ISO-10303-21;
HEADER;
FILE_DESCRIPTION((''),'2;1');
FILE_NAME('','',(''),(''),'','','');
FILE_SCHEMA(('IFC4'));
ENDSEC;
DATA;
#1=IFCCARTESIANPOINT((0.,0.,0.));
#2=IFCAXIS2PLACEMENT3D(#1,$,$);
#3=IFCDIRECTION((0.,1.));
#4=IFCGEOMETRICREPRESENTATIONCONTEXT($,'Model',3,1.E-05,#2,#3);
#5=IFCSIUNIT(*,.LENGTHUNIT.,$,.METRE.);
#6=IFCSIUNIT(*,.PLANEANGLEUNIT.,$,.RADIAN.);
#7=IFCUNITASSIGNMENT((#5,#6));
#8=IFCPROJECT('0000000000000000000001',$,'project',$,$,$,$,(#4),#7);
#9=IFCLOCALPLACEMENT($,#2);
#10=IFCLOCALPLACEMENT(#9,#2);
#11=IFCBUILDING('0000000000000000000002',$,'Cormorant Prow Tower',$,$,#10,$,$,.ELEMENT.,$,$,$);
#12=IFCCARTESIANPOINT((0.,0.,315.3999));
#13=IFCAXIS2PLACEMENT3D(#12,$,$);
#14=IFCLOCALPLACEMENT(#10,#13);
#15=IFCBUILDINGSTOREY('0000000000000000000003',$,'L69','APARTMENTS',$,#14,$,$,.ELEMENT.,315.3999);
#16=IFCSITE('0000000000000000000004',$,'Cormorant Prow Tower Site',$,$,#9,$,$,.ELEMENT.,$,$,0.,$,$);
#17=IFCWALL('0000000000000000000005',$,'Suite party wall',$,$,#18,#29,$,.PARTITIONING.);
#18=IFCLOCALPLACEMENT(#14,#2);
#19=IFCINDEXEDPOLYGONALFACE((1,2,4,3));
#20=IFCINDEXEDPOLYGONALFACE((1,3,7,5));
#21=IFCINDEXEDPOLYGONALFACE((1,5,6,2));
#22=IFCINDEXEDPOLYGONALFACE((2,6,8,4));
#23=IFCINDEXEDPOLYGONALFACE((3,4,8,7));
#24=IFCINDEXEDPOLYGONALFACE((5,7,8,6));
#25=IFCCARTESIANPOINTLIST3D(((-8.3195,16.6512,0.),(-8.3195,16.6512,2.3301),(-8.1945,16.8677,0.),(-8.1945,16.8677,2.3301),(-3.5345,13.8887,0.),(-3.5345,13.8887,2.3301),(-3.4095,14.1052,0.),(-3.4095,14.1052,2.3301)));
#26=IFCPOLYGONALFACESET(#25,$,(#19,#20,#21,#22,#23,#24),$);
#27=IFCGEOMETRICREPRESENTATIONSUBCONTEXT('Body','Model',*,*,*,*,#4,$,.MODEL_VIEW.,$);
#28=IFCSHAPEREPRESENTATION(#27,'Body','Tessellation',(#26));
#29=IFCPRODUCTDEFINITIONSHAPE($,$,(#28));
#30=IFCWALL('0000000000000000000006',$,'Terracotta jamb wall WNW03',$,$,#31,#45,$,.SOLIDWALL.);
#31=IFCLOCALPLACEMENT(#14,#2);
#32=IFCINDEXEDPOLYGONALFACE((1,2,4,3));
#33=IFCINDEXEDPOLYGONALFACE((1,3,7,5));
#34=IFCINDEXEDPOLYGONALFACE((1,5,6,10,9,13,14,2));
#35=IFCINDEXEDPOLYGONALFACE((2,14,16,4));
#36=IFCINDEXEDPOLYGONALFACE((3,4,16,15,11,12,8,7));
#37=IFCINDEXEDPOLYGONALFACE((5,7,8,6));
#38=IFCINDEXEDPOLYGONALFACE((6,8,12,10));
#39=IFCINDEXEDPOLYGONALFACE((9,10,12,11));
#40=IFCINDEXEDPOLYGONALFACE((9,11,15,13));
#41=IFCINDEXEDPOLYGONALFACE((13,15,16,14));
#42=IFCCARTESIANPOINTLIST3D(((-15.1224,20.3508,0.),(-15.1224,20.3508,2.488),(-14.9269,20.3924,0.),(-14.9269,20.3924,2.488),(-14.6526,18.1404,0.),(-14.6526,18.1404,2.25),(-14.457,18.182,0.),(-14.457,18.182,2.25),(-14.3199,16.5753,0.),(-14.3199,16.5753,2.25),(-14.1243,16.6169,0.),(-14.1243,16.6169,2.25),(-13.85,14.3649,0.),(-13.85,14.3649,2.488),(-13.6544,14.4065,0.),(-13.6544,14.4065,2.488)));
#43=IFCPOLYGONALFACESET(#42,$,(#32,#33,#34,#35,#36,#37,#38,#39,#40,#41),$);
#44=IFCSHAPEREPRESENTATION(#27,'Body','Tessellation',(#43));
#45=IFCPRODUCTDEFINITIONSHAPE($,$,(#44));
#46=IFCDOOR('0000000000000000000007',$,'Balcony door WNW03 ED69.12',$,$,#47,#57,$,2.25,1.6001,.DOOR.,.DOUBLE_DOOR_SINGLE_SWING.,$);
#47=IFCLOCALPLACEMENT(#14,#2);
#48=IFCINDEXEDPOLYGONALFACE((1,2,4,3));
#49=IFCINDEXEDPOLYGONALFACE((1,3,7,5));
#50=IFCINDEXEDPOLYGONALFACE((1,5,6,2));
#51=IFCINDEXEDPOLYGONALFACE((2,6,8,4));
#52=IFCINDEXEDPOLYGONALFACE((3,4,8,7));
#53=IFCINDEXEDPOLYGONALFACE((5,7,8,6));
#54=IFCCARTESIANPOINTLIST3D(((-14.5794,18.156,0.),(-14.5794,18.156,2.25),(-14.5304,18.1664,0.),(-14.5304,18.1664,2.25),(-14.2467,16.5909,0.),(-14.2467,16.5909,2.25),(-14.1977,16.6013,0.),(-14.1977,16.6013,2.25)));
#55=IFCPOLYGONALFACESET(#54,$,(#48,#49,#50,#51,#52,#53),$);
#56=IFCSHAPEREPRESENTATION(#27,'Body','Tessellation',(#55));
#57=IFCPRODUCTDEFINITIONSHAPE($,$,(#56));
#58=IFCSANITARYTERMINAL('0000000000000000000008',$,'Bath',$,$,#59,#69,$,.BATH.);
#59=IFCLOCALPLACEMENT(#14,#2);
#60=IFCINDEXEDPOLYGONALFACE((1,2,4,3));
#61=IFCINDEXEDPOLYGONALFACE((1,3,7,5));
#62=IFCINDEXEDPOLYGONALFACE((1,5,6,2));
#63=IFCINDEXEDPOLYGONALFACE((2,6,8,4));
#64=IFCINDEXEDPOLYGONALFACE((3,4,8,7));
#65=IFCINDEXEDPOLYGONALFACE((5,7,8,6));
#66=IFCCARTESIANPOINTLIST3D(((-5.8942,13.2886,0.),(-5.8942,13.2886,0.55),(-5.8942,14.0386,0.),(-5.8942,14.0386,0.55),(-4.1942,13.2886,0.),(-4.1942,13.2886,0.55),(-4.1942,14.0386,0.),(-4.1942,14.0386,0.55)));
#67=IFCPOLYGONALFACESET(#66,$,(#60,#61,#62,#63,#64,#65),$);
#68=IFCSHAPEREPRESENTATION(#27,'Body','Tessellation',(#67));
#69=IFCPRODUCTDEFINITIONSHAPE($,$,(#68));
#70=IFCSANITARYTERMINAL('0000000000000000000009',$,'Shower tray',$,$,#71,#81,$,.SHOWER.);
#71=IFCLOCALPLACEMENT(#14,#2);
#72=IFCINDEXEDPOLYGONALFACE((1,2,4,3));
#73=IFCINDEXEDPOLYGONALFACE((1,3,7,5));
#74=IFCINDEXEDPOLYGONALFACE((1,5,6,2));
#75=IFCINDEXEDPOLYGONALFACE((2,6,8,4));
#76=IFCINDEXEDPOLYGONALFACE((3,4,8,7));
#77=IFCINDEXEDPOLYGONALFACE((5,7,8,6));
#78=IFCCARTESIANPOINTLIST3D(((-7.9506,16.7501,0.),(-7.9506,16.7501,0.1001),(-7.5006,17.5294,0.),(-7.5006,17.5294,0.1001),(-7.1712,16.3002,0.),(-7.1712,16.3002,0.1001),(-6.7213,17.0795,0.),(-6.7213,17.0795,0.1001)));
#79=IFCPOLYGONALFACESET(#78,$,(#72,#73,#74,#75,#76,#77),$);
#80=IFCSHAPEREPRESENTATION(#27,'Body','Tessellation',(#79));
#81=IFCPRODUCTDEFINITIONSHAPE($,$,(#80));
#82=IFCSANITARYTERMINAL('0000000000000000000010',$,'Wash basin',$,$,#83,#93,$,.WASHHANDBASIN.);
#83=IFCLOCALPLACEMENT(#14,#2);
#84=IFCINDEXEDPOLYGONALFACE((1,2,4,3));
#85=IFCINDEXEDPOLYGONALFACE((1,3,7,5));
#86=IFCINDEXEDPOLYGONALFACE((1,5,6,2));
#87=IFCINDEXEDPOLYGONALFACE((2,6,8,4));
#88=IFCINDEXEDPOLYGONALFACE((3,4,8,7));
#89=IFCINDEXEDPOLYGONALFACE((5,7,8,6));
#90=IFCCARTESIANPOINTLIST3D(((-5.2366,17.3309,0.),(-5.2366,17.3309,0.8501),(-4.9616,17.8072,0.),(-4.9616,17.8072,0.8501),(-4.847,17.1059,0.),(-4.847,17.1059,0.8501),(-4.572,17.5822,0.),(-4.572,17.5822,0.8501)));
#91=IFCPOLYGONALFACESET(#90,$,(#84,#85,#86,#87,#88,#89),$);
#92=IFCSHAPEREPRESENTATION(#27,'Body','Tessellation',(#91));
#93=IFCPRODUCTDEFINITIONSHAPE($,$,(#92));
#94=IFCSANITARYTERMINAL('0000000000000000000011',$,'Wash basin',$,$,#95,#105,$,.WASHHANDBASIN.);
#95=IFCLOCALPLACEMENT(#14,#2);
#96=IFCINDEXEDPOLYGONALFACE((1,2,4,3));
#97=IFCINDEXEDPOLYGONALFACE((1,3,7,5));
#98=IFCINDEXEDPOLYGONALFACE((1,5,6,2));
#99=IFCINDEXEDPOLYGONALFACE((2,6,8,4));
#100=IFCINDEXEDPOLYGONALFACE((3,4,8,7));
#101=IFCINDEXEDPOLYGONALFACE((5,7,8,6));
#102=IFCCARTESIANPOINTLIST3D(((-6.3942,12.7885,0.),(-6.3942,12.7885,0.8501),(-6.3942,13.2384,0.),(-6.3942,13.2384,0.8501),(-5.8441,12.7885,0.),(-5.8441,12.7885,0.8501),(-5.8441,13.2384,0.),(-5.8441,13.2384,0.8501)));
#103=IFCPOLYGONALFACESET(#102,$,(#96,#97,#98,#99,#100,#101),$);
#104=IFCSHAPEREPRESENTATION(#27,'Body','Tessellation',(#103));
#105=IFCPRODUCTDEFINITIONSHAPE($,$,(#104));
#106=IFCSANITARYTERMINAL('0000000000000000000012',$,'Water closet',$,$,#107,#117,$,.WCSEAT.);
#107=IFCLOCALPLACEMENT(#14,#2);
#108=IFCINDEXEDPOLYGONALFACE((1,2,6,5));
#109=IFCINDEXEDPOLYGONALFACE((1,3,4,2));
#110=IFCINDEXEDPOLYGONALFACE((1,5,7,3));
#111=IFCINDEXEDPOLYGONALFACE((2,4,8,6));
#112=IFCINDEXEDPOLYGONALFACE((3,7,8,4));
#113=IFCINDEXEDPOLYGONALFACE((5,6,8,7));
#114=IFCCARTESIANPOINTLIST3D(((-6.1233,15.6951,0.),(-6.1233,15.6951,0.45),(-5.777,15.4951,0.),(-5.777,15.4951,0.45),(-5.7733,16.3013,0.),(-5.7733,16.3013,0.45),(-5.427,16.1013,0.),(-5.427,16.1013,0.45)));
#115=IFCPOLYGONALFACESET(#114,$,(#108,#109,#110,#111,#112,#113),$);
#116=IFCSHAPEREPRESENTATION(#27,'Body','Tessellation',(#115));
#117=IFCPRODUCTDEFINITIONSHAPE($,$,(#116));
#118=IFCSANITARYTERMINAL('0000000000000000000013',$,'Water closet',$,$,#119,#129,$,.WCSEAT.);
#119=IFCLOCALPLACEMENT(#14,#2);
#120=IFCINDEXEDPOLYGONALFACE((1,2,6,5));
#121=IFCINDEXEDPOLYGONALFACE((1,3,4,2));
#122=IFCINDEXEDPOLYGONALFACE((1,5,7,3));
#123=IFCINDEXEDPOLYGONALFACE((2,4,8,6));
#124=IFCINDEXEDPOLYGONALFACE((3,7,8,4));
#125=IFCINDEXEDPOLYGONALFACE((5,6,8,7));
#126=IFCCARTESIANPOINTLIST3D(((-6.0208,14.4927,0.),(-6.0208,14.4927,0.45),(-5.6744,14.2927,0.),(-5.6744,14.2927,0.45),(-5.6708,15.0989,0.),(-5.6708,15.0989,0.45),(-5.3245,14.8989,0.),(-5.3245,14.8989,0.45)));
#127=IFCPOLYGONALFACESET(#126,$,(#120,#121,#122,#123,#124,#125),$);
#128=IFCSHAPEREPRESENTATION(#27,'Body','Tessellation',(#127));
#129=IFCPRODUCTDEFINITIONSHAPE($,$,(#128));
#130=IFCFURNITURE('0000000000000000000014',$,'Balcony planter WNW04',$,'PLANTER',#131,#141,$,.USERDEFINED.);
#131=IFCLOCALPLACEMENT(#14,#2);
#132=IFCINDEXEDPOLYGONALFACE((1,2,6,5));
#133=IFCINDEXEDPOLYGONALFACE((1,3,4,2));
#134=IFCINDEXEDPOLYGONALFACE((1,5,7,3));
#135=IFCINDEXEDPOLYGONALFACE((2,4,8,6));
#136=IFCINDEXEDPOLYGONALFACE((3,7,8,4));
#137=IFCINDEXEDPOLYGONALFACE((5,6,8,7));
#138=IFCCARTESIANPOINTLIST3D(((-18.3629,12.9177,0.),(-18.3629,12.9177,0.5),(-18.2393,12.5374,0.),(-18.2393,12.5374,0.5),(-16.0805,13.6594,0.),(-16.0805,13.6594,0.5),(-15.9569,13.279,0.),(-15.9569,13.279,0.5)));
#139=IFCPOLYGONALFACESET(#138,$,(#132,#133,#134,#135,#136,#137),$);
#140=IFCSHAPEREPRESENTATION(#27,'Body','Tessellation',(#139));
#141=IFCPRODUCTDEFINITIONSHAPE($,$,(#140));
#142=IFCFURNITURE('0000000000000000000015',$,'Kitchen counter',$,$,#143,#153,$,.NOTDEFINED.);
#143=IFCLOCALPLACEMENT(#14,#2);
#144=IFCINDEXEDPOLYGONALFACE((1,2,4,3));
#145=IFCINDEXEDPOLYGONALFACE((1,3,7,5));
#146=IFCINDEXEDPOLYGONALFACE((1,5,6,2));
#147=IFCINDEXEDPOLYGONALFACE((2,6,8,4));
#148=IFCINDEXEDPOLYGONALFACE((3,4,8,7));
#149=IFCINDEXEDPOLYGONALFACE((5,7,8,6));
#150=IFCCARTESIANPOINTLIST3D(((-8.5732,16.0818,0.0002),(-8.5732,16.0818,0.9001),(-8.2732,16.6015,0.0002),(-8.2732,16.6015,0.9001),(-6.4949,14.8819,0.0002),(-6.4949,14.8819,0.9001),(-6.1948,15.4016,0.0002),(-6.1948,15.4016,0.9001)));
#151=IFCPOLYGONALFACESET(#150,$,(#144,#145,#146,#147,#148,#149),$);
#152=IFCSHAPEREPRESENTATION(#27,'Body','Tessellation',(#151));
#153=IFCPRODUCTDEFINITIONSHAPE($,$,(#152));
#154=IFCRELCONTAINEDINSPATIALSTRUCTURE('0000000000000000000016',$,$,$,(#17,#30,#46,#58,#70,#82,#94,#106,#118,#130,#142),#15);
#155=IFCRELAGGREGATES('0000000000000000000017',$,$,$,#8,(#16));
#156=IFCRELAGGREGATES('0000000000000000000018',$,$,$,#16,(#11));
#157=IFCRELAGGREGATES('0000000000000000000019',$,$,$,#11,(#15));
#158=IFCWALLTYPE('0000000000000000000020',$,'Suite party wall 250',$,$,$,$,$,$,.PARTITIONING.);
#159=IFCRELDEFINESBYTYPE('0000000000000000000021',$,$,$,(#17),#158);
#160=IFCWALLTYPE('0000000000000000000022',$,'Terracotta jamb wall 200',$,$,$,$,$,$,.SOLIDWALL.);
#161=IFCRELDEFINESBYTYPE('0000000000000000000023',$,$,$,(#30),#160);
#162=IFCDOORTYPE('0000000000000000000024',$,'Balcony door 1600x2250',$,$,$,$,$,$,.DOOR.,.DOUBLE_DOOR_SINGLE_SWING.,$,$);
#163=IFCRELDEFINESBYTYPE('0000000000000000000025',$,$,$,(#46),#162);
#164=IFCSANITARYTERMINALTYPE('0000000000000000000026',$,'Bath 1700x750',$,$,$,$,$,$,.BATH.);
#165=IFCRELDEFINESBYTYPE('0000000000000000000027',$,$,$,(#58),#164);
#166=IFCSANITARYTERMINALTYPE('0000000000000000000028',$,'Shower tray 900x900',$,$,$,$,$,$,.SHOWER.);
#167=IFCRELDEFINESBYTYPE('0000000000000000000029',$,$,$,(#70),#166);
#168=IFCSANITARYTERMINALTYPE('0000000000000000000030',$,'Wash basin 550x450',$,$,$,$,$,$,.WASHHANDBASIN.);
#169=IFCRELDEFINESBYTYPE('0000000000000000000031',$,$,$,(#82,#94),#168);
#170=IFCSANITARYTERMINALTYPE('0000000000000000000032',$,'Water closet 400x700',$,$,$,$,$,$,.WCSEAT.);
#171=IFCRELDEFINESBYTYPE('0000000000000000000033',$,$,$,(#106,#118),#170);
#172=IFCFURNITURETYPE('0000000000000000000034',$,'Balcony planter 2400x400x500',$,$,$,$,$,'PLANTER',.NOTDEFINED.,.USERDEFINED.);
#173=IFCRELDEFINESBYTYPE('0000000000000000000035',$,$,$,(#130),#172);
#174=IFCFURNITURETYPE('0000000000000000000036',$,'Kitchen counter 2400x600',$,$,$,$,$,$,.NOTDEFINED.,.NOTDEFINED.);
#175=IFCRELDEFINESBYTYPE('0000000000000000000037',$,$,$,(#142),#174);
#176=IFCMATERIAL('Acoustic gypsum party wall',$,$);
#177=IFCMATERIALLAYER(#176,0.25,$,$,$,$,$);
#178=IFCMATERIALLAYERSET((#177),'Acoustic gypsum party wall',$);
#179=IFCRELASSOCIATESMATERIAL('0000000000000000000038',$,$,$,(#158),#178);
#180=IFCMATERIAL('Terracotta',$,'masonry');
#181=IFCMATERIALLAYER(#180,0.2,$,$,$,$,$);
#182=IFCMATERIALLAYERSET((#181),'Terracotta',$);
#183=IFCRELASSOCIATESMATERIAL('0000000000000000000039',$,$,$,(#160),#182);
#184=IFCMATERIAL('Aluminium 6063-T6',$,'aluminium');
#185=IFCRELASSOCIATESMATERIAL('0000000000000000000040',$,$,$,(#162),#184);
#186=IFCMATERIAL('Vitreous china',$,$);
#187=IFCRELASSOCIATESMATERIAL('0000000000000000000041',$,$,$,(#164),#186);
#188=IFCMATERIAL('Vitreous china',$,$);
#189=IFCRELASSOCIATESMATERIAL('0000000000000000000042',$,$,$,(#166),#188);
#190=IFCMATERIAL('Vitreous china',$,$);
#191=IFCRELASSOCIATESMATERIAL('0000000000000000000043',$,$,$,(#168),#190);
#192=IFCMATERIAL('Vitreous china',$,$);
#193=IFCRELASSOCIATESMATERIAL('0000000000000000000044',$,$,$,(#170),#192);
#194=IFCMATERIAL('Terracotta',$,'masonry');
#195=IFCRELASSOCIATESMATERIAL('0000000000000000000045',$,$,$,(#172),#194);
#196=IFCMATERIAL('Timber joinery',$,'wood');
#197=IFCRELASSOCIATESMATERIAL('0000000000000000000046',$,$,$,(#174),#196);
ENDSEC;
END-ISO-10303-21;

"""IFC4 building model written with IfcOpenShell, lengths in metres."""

from ifc_helpers import new_model, si_unit, direction, frame, frame_2d, origin, origin_2d, place, context, subcontext, project, spatial, rectangle, extrude, material, layer, layer_set, type_object, element, fill, save


model = new_model("IFC4")

# Units and contexts
model_context = context("Model", 3, precision=1e-05, world=origin(), true_north=direction((0.0, 1.0)))
body_context = subcontext(model_context, "Body", "Model", "MODEL_VIEW")
ifc_project = project(units=[si_unit("LENGTHUNIT", "METRE"), si_unit("PLANEANGLEUNIT", "RADIAN")], contexts=[model_context])

# Site, building, storey
site_placement = place(None, origin())
site = spatial("IfcSite", under=ifc_project, at=site_placement, Name="Cormorant Prow Tower Site", CompositionType="ELEMENT", RefElevation=0.0)
building_placement = place(site_placement, origin())
building = spatial("IfcBuilding", under=site, at=building_placement, Name="Cormorant Prow Tower", CompositionType="ELEMENT")
storey_placement = place(building_placement, frame((0.0, 0.0, 315.3999)))
storey = spatial("IfcBuildingStorey", under=building, at=storey_placement, Name="L69", Description="APARTMENTS", CompositionType="ELEMENT", Elevation=315.3999)

# Wall
ifc_material_1 = material(Name="Acoustic gypsum party wall")
ifc_layer_1 = layer(ifc_material_1, 0.25)
ifc_layer_set_1 = layer_set([ifc_layer_1], Name="Acoustic gypsum party wall")
wall_type_1 = type_object("IfcWallType", Name="Suite party wall 250", PredefinedType="PARTITIONING", material=ifc_layer_set_1)
wall_1_placement = place(storey_placement, frame((-8.2571, 16.7595, 0.0), z_axis=(0.0, 0.0, 1.0), x_axis=(0.866035, -0.499984, 0.0)))
element("IfcWall", 1, at=wall_1_placement, inside=storey, type_object=wall_type_1, Name="Suite party wall", PredefinedType="PARTITIONING", context=body_context, shape_type="SweptSolid", body=[
    extrude(rectangle(XDim=5.5251, YDim=0.25, at=frame_2d((2.7627, 0.0))), origin(), (0.0, 0.0, 1.0), 2.3301),
])

# Wall, opening, door
ifc_material_2 = material(Name="Terracotta", Category="masonry")
ifc_layer_2 = layer(ifc_material_2, 0.2)
ifc_layer_set_2 = layer_set([ifc_layer_2], Name="Terracotta")
wall_type_2 = type_object("IfcWallType", Name="Terracotta jamb wall 200", PredefinedType="SOLIDWALL", material=ifc_layer_set_2)
wall_2_placement = place(storey_placement, frame((-15.0247, 20.3716, 0.0), z_axis=(0.0, 0.0, 1.0), x_axis=(0.207932, -0.978143, 0.0)))
wall_2 = element("IfcWall", 2, at=wall_2_placement, inside=storey, type_object=wall_type_2, Name="Terracotta jamb wall WNW03", PredefinedType="SOLIDWALL", context=body_context, shape_type="SweptSolid", body=[
    extrude(rectangle(XDim=6.1196, YDim=0.2, at=frame_2d((3.0598, 0.0))), origin(), (0.0, 0.0, 1.0), 2.488),
])
opening_1_placement = place(wall_2_placement, frame((2.2598, 0.0, 0.0)))
opening_1 = element("IfcOpeningElement", 3, at=opening_1_placement, cuts=wall_2, PredefinedType="OPENING", context=body_context, shape_type="SweptSolid", body=[
    extrude(rectangle(XDim=1.6001, YDim=2.25, at=frame_2d((0.8, 1.125))), frame((0.0, 0.1099, 0.0), z_axis=(0.0, -1.0, 0.0), x_axis=(1.0, 0.0, 0.0)), (0.0, 0.0, 1.0), 0.22),
])
ifc_material_3 = material(Name="Aluminium 6063-T6", Category="aluminium")
door_type_1 = type_object("IfcDoorType", Name="Balcony door 1600x2250", OperationType="DOUBLE_DOOR_SINGLE_SWING", PredefinedType="DOOR", material=ifc_material_3)
door_1_placement = place(opening_1_placement, origin())
door_1 = element("IfcDoor", 4, at=door_1_placement, inside=storey, type_object=door_type_1, Name="Balcony door WNW03 ED69.12", OperationType="DOUBLE_DOOR_SINGLE_SWING", OverallHeight=2.25, OverallWidth=1.6001, PredefinedType="DOOR", context=body_context, shape_type="SweptSolid", body=[
    extrude(rectangle(XDim=1.6001, YDim=2.25, at=frame_2d((0.8, 1.125))), frame((0.0, 0.0249, 0.0), z_axis=(0.0, -1.0, 0.0), x_axis=(1.0, 0.0, 0.0)), (0.0, 0.0, 1.0), 0.05),
])
fill(opening_1, door_1)

# Sanitary terminals
ifc_material_4 = material(Name="Vitreous china")
sanitary_terminal_type_1 = type_object("IfcSanitaryTerminalType", Name="Bath 1700x750", PredefinedType="BATH", material=ifc_material_4)
sanitary_terminal_1_placement = place(storey_placement, frame((-5.0442, 13.6636, 0.0), z_axis=(0.0, 0.0, 1.0), x_axis=(1.0, 0.0, 0.0)))
element("IfcSanitaryTerminal", 5, at=sanitary_terminal_1_placement, inside=storey, type_object=sanitary_terminal_type_1, Name="Bath", PredefinedType="BATH", context=body_context, shape_type="SweptSolid", body=[
    extrude(rectangle(XDim=1.7, YDim=0.75, at=origin_2d()), origin(), (0.0, 0.0, 1.0), 0.55),
])
ifc_material_5 = material(Name="Vitreous china")
sanitary_terminal_type_2 = type_object("IfcSanitaryTerminalType", Name="Shower tray 900x900", PredefinedType="SHOWER", material=ifc_material_5)
sanitary_terminal_2_placement = place(storey_placement, frame((-7.3359, 16.9148, 0.0), z_axis=(0.0, 0.0, 1.0), x_axis=(0.5, 0.866025, 0.0)))
element("IfcSanitaryTerminal", 6, at=sanitary_terminal_2_placement, inside=storey, type_object=sanitary_terminal_type_2, Name="Shower tray", PredefinedType="SHOWER", context=body_context, shape_type="SweptSolid", body=[
    extrude(rectangle(XDim=0.8999, YDim=0.8999, at=origin_2d()), origin(), (0.0, 0.0, 1.0), 0.1001),
])
ifc_material_6 = material(Name="Vitreous china")
sanitary_terminal_type_3 = type_object("IfcSanitaryTerminalType", Name="Wash basin 550x450", PredefinedType="WASHHANDBASIN", material=ifc_material_6)
for number, where, z_axis, x_axis, name in (
    (7, (-4.9043, 17.4565, 0.0), (0.0, 0.0, 1.0), (-0.5, -0.866025, 0.0), "Wash basin"),
    (8, (-6.1191, 13.0134, 0.0), (0.0, 0.0, 1.0), (1.0, 0.0, 0.0), "Wash basin"),
):
    element("IfcSanitaryTerminal", number, at=place(storey_placement, frame(where, z_axis=z_axis, x_axis=x_axis)), inside=storey, type_object=sanitary_terminal_type_3, Name=name, PredefinedType="WASHHANDBASIN", context=body_context, shape_type="SweptSolid", body=[
        extrude(rectangle(XDim=0.55, YDim=0.45, at=origin_2d()), origin(), (0.0, 0.0, 1.0), 0.8501),
    ])
ifc_material_7 = material(Name="Vitreous china")
sanitary_terminal_type_4 = type_object("IfcSanitaryTerminalType", Name="Water closet 400x700", PredefinedType="WCSEAT", material=ifc_material_7)
for number, where, z_axis, x_axis, name in (
    (9, (-5.7751, 15.8982, 0.0), (0.0, 0.0, 1.0), (-0.866025, 0.5, 0.0), "Water closet"),
    (10, (-5.6726, 14.6958, 0.0), (0.0, 0.0, 1.0), (0.866025, -0.5, 0.0), "Water closet"),
):
    element("IfcSanitaryTerminal", number, at=place(storey_placement, frame(where, z_axis=z_axis, x_axis=x_axis)), inside=storey, type_object=sanitary_terminal_type_4, Name=name, PredefinedType="WCSEAT", context=body_context, shape_type="SweptSolid", body=[
        extrude(rectangle(XDim=0.3999, YDim=0.7, at=origin_2d()), origin(), (0.0, 0.0, 1.0), 0.45),
    ])

# Furniture
ifc_material_8 = material(Name="Terracotta", Category="masonry")
furniture_type_1 = type_object("IfcFurnitureType", Name="Balcony planter 2400x400x500", ElementType="PLANTER", AssemblyPlace="NOTDEFINED", PredefinedType="USERDEFINED", material=ifc_material_8)
furniture_1_placement = place(storey_placement, frame((-17.1599, 13.0984, 0.0), z_axis=(0.0, 0.0, 1.0), x_axis=(-0.951056, -0.309017, 0.0)))
element("IfcFurniture", 11, at=furniture_1_placement, inside=storey, type_object=furniture_type_1, Name="Balcony planter WNW04", ObjectType="PLANTER", PredefinedType="USERDEFINED", context=body_context, shape_type="SweptSolid", body=[
    extrude(rectangle(XDim=2.3999, YDim=0.3999, at=origin_2d()), origin(), (0.0, 0.0, 1.0), 0.5),
])
ifc_material_9 = material(Name="Timber joinery", Category="wood")
furniture_type_2 = type_object("IfcFurnitureType", Name="Kitchen counter 2400x600", AssemblyPlace="NOTDEFINED", PredefinedType="NOTDEFINED", material=ifc_material_9)
furniture_2_placement = place(storey_placement, frame((-7.384, 15.7417, 0.0002), z_axis=(0.0, 0.0, 1.0), x_axis=(0.866025, -0.5, 0.0)))
element("IfcFurniture", 12, at=furniture_2_placement, inside=storey, type_object=furniture_type_2, Name="Kitchen counter", PredefinedType="NOTDEFINED", context=body_context, shape_type="SweptSolid", body=[
    extrude(rectangle(XDim=2.3999, YDim=0.6001, at=origin_2d()), origin(), (0.0, 0.0, 1.0), 0.8999),
])

save(model, "model.ifc")
